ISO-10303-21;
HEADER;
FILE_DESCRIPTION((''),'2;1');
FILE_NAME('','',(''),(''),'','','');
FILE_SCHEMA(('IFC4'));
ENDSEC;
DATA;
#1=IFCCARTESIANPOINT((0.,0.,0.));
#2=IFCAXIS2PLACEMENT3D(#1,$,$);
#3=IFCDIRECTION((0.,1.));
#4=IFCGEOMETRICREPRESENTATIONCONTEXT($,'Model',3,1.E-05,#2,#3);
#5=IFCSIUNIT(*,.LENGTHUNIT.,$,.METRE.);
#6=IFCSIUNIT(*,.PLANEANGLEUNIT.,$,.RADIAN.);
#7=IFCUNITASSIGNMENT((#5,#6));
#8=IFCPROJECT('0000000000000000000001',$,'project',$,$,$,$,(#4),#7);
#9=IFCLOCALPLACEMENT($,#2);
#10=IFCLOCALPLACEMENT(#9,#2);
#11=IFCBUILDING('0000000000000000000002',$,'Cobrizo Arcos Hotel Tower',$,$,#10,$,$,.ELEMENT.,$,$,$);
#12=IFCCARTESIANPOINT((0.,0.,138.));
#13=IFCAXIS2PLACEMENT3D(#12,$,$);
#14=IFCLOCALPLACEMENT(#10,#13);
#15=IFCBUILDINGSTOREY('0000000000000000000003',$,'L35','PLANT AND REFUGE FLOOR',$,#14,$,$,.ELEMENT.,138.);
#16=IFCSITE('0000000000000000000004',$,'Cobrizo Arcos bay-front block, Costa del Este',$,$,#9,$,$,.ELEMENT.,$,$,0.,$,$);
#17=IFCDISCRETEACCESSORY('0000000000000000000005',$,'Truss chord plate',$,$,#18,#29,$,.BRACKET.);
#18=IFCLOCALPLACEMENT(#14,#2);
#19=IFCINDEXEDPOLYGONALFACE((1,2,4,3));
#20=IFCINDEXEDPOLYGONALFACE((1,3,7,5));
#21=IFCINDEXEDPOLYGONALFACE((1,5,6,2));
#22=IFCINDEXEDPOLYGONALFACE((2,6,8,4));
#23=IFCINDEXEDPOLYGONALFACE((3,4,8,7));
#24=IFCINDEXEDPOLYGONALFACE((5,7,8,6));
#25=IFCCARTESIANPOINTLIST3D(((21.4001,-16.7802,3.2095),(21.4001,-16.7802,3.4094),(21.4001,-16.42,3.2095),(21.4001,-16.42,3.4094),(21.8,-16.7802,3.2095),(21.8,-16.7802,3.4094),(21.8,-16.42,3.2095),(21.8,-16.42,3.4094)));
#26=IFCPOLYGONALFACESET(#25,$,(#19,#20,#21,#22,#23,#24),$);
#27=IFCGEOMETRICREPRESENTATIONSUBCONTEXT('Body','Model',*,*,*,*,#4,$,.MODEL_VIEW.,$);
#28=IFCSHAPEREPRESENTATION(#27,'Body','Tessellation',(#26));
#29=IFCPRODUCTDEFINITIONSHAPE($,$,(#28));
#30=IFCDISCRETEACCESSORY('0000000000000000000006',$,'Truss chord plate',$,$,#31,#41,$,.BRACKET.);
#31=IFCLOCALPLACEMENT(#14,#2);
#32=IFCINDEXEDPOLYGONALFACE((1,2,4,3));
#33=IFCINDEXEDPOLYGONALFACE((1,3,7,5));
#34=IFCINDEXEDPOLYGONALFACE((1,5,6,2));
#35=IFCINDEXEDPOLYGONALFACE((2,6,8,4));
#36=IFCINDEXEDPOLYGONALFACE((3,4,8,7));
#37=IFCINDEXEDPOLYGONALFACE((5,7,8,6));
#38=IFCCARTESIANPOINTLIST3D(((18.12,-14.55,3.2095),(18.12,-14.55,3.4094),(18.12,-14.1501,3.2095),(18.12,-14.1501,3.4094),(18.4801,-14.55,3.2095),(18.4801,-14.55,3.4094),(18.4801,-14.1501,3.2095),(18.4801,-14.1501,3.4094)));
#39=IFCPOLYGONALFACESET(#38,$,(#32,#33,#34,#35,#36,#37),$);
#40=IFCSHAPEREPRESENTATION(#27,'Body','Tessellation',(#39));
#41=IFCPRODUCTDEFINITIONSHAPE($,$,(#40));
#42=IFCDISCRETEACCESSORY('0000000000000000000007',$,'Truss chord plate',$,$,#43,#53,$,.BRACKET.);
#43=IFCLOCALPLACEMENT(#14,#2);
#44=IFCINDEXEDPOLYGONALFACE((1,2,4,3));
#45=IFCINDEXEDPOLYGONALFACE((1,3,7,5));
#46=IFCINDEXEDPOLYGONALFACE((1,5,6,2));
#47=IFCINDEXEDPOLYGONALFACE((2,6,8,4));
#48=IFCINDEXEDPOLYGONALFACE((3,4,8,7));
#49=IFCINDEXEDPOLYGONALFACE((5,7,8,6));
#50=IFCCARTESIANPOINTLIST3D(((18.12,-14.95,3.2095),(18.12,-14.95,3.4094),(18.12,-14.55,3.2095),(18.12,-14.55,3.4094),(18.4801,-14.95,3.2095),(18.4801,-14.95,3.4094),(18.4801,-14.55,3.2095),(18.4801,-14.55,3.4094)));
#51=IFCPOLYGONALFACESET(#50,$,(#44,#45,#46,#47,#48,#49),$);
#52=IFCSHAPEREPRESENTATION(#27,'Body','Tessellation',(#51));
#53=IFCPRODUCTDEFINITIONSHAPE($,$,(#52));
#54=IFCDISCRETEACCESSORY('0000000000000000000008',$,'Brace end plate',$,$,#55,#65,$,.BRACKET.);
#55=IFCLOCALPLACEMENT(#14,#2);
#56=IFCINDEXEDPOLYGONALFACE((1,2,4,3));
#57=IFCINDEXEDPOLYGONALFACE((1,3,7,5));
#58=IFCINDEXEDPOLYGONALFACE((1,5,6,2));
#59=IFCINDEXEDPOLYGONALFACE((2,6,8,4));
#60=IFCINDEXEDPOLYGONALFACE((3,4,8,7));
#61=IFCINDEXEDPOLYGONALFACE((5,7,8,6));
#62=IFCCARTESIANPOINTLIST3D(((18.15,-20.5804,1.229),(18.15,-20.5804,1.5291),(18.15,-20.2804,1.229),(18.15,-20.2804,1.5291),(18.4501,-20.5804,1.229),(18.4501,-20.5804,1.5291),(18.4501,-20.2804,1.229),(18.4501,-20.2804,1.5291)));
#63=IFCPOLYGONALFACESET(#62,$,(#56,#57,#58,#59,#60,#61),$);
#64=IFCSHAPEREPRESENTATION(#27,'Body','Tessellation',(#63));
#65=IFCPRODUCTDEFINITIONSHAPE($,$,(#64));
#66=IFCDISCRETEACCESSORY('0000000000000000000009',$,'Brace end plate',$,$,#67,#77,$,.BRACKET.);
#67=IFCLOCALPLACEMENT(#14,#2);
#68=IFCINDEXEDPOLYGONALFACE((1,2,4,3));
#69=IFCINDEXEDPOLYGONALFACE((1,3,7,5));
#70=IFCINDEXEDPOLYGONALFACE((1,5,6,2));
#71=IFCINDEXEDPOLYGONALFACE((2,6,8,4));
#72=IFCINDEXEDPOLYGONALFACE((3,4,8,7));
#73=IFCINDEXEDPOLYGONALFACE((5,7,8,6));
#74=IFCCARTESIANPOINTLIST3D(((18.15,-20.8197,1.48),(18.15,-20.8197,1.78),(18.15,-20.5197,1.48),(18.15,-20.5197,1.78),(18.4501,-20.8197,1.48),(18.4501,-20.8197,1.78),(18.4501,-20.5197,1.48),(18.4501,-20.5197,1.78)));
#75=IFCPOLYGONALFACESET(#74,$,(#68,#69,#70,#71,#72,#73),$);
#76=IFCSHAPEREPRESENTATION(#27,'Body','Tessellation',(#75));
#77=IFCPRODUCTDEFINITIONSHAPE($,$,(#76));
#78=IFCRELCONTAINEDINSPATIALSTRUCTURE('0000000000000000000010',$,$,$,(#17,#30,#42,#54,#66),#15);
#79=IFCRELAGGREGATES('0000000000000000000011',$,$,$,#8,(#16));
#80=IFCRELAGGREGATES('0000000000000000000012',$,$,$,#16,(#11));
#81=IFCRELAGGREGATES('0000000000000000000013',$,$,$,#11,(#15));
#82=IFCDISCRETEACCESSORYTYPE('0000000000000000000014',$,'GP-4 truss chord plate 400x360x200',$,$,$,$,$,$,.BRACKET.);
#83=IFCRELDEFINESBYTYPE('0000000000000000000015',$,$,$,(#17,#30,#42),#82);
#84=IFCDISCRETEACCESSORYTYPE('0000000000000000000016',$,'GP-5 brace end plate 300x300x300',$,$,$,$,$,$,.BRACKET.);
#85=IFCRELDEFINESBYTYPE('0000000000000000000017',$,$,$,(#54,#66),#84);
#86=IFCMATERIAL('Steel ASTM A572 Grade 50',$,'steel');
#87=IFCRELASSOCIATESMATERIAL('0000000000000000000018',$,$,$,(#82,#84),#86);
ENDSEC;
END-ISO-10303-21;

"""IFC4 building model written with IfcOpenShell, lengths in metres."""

from ifc_helpers import new_model, si_unit, direction, frame, origin, origin_2d, place, context, subcontext, project, spatial, rectangle, extrude, material, type_object, element, save


model = new_model("IFC4")

# Units and contexts
model_context = context("Model", 3, precision=1e-05, world=origin(), true_north=direction((0.0, 1.0)))
body_context = subcontext(model_context, "Body", "Model", "MODEL_VIEW")
ifc_project = project(units=[si_unit("LENGTHUNIT", "METRE"), si_unit("PLANEANGLEUNIT", "RADIAN")], contexts=[model_context])

# Site, building, storey
site_placement = place(None, origin())
site = spatial("IfcSite", under=ifc_project, at=site_placement, Name="Cobrizo Arcos bay-front block, Costa del Este", CompositionType="ELEMENT", RefElevation=0.0)
building_placement = place(site_placement, origin())
building = spatial("IfcBuilding", under=site, at=building_placement, Name="Cobrizo Arcos Hotel Tower", CompositionType="ELEMENT")
storey_placement = place(building_placement, frame((0.0, 0.0, 138.0)))
storey = spatial("IfcBuildingStorey", under=building, at=storey_placement, Name="L35", Description="PLANT AND REFUGE FLOOR", CompositionType="ELEMENT", Elevation=138.0)

# Discrete accessories
ifc_material_1 = material(Name="Steel ASTM A572 Grade 50", Category="steel")
discrete_accessory_type_1 = type_object("IfcDiscreteAccessoryType", Name="GP-4 truss chord plate 400x360x200", PredefinedType="BRACKET", material=ifc_material_1)
for number, where, z_axis, x_axis, name in (
    (1, (21.6001, -16.6001, 3.2095), (0.0, 0.0, 1.0), (1.0, 0.0, 0.0), "Truss chord plate"),
    (2, (18.3, -14.3501, 3.2095), (0.0, 0.0, 1.0), (0.0, -1.0, 0.0), "Truss chord plate"),
    (3, (18.3, -14.75, 3.2095), (0.0, 0.0, 1.0), (0.0, -1.0, 0.0), "Truss chord plate"),
):
    element("IfcDiscreteAccessory", number, at=place(storey_placement, frame(where, z_axis=z_axis, x_axis=x_axis)), inside=storey, type_object=discrete_accessory_type_1, Name=name, PredefinedType="BRACKET", context=body_context, shape_type="SweptSolid", body=[
        extrude(rectangle(XDim=0.3999, YDim=0.3601, at=origin_2d()), origin(), (0.0, 0.0, 1.0), 0.2),
    ])
discrete_accessory_type_2 = type_object("IfcDiscreteAccessoryType", Name="GP-5 brace end plate 300x300x300", PredefinedType="BRACKET", material=ifc_material_1)
for number, where, z_axis, x_axis, name in (
    (4, (18.3, -20.4304, 1.229), (0.0, 0.0, 1.0), (1.0, 0.0, 0.0), "Brace end plate"),
    (5, (18.3, -20.6697, 1.48), (0.0, 0.0, 1.0), (1.0, 0.0, 0.0), "Brace end plate"),
):
    element("IfcDiscreteAccessory", number, at=place(storey_placement, frame(where, z_axis=z_axis, x_axis=x_axis)), inside=storey, type_object=discrete_accessory_type_2, Name=name, PredefinedType="BRACKET", context=body_context, shape_type="SweptSolid", body=[
        extrude(rectangle(XDim=0.3, YDim=0.3, at=origin_2d()), origin(), (0.0, 0.0, 1.0), 0.3),
    ])

save(model, "model.ifc")
